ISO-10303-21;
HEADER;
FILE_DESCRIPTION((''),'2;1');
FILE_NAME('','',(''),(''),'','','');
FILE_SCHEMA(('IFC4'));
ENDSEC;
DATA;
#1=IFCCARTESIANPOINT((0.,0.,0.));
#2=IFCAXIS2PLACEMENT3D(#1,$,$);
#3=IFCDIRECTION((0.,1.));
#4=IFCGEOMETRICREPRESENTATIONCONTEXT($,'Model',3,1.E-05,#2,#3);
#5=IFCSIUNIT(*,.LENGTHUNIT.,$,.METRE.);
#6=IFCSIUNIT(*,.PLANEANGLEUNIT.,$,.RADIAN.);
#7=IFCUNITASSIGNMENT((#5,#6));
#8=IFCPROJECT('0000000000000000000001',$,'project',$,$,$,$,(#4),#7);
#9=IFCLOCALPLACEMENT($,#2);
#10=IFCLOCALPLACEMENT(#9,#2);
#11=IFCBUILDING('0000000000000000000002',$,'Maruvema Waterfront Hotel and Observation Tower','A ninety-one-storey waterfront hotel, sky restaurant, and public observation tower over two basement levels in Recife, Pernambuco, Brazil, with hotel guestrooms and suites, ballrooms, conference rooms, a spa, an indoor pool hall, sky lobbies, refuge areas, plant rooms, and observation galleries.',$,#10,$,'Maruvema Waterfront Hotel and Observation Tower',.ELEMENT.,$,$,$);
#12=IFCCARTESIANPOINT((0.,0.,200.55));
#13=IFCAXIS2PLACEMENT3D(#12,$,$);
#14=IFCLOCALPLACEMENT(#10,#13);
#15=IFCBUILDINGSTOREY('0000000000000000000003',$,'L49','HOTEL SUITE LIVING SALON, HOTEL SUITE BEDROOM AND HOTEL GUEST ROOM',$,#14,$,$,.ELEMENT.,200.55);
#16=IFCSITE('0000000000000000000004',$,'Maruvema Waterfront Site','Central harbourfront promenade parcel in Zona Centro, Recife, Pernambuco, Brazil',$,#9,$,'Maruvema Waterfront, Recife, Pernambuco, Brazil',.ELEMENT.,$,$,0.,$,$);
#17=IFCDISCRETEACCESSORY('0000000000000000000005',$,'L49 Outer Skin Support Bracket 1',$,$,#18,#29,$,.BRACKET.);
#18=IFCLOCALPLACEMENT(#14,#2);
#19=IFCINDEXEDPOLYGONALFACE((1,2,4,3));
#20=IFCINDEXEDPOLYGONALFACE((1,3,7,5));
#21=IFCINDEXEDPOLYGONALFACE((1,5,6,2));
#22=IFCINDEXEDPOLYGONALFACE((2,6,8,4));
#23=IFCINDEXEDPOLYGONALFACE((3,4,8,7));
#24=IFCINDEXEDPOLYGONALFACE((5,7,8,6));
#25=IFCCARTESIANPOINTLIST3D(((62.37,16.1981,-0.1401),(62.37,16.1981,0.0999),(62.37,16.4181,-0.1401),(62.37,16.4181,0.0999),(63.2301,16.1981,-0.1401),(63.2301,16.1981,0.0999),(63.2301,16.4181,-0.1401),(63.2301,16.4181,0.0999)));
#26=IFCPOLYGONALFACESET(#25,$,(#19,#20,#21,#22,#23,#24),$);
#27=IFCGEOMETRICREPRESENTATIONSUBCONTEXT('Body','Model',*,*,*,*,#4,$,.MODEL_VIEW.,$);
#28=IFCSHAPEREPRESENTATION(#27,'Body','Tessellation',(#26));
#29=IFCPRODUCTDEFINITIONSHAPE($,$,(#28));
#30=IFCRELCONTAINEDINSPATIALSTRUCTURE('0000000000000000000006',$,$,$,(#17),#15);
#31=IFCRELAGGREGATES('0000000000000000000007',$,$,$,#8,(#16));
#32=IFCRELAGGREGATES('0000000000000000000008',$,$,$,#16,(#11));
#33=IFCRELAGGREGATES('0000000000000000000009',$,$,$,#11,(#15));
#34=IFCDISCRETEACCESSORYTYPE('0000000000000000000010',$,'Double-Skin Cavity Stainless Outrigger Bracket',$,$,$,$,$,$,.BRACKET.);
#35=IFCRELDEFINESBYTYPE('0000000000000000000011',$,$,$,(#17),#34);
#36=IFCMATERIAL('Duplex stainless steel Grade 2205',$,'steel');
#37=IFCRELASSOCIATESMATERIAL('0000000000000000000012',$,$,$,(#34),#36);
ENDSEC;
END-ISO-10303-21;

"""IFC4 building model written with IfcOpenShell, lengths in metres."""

from ifc_helpers import new_model, si_unit, direction, frame, origin, origin_2d, place, context, subcontext, project, spatial, rectangle, extrude, material, type_object, element, save


model = new_model("IFC4")

# Units and contexts
model_context = context("Model", 3, precision=1e-05, world=origin(), true_north=direction((0.0, 1.0)))
body_context = subcontext(model_context, "Body", "Model", "MODEL_VIEW")
ifc_project = project(units=[si_unit("LENGTHUNIT", "METRE"), si_unit("PLANEANGLEUNIT", "RADIAN")], contexts=[model_context])

# Site, building, storey
site_placement = place(None, origin())
site = spatial("IfcSite", under=ifc_project, at=site_placement, Name="Maruvema Waterfront Site", Description="Central harbourfront promenade parcel in Zona Centro, Recife, Pernambuco, Brazil", LongName="Maruvema Waterfront, Recife, Pernambuco, Brazil", CompositionType="ELEMENT", RefElevation=0.0)
building_placement = place(site_placement, origin())
building = spatial("IfcBuilding", under=site, at=building_placement, Name="Maruvema Waterfront Hotel and Observation Tower", Description="A ninety-one-storey waterfront hotel, sky restaurant, and public observation tower over two basement levels in Recife, Pernambuco, Brazil, with hotel guestrooms and suites, ballrooms, conference rooms, a spa, an indoor pool hall, sky lobbies, refuge areas, plant rooms, and observation galleries.", LongName="Maruvema Waterfront Hotel and Observation Tower", CompositionType="ELEMENT")
storey_placement = place(building_placement, frame((0.0, 0.0, 200.55)))
storey = spatial("IfcBuildingStorey", under=building, at=storey_placement, Name="L49", Description="HOTEL SUITE LIVING SALON, HOTEL SUITE BEDROOM AND HOTEL GUEST ROOM", CompositionType="ELEMENT", Elevation=200.55)

# Discrete accessory
ifc_material_1 = material(Name="Duplex stainless steel Grade 2205", Category="steel")
discrete_accessory_type = type_object("IfcDiscreteAccessoryType", Name="Double-Skin Cavity Stainless Outrigger Bracket", PredefinedType="BRACKET", material=ifc_material_1)
discrete_accessory_placement = place(storey_placement, frame((62.8, 16.3081, -0.1401), z_axis=(0.0, 0.0, 1.0), x_axis=(0.0, 1.0, 0.0)))
element("IfcDiscreteAccessory", 1, at=discrete_accessory_placement, inside=storey, type_object=discrete_accessory_type, Name="L49 Outer Skin Support Bracket 1", PredefinedType="BRACKET", context=body_context, shape_type="SweptSolid", body=[
    extrude(rectangle(XDim=0.22, YDim=0.8601, at=origin_2d()), origin(), (0.0, 0.0, 1.0), 0.24),
])

save(model, "model.ifc")
